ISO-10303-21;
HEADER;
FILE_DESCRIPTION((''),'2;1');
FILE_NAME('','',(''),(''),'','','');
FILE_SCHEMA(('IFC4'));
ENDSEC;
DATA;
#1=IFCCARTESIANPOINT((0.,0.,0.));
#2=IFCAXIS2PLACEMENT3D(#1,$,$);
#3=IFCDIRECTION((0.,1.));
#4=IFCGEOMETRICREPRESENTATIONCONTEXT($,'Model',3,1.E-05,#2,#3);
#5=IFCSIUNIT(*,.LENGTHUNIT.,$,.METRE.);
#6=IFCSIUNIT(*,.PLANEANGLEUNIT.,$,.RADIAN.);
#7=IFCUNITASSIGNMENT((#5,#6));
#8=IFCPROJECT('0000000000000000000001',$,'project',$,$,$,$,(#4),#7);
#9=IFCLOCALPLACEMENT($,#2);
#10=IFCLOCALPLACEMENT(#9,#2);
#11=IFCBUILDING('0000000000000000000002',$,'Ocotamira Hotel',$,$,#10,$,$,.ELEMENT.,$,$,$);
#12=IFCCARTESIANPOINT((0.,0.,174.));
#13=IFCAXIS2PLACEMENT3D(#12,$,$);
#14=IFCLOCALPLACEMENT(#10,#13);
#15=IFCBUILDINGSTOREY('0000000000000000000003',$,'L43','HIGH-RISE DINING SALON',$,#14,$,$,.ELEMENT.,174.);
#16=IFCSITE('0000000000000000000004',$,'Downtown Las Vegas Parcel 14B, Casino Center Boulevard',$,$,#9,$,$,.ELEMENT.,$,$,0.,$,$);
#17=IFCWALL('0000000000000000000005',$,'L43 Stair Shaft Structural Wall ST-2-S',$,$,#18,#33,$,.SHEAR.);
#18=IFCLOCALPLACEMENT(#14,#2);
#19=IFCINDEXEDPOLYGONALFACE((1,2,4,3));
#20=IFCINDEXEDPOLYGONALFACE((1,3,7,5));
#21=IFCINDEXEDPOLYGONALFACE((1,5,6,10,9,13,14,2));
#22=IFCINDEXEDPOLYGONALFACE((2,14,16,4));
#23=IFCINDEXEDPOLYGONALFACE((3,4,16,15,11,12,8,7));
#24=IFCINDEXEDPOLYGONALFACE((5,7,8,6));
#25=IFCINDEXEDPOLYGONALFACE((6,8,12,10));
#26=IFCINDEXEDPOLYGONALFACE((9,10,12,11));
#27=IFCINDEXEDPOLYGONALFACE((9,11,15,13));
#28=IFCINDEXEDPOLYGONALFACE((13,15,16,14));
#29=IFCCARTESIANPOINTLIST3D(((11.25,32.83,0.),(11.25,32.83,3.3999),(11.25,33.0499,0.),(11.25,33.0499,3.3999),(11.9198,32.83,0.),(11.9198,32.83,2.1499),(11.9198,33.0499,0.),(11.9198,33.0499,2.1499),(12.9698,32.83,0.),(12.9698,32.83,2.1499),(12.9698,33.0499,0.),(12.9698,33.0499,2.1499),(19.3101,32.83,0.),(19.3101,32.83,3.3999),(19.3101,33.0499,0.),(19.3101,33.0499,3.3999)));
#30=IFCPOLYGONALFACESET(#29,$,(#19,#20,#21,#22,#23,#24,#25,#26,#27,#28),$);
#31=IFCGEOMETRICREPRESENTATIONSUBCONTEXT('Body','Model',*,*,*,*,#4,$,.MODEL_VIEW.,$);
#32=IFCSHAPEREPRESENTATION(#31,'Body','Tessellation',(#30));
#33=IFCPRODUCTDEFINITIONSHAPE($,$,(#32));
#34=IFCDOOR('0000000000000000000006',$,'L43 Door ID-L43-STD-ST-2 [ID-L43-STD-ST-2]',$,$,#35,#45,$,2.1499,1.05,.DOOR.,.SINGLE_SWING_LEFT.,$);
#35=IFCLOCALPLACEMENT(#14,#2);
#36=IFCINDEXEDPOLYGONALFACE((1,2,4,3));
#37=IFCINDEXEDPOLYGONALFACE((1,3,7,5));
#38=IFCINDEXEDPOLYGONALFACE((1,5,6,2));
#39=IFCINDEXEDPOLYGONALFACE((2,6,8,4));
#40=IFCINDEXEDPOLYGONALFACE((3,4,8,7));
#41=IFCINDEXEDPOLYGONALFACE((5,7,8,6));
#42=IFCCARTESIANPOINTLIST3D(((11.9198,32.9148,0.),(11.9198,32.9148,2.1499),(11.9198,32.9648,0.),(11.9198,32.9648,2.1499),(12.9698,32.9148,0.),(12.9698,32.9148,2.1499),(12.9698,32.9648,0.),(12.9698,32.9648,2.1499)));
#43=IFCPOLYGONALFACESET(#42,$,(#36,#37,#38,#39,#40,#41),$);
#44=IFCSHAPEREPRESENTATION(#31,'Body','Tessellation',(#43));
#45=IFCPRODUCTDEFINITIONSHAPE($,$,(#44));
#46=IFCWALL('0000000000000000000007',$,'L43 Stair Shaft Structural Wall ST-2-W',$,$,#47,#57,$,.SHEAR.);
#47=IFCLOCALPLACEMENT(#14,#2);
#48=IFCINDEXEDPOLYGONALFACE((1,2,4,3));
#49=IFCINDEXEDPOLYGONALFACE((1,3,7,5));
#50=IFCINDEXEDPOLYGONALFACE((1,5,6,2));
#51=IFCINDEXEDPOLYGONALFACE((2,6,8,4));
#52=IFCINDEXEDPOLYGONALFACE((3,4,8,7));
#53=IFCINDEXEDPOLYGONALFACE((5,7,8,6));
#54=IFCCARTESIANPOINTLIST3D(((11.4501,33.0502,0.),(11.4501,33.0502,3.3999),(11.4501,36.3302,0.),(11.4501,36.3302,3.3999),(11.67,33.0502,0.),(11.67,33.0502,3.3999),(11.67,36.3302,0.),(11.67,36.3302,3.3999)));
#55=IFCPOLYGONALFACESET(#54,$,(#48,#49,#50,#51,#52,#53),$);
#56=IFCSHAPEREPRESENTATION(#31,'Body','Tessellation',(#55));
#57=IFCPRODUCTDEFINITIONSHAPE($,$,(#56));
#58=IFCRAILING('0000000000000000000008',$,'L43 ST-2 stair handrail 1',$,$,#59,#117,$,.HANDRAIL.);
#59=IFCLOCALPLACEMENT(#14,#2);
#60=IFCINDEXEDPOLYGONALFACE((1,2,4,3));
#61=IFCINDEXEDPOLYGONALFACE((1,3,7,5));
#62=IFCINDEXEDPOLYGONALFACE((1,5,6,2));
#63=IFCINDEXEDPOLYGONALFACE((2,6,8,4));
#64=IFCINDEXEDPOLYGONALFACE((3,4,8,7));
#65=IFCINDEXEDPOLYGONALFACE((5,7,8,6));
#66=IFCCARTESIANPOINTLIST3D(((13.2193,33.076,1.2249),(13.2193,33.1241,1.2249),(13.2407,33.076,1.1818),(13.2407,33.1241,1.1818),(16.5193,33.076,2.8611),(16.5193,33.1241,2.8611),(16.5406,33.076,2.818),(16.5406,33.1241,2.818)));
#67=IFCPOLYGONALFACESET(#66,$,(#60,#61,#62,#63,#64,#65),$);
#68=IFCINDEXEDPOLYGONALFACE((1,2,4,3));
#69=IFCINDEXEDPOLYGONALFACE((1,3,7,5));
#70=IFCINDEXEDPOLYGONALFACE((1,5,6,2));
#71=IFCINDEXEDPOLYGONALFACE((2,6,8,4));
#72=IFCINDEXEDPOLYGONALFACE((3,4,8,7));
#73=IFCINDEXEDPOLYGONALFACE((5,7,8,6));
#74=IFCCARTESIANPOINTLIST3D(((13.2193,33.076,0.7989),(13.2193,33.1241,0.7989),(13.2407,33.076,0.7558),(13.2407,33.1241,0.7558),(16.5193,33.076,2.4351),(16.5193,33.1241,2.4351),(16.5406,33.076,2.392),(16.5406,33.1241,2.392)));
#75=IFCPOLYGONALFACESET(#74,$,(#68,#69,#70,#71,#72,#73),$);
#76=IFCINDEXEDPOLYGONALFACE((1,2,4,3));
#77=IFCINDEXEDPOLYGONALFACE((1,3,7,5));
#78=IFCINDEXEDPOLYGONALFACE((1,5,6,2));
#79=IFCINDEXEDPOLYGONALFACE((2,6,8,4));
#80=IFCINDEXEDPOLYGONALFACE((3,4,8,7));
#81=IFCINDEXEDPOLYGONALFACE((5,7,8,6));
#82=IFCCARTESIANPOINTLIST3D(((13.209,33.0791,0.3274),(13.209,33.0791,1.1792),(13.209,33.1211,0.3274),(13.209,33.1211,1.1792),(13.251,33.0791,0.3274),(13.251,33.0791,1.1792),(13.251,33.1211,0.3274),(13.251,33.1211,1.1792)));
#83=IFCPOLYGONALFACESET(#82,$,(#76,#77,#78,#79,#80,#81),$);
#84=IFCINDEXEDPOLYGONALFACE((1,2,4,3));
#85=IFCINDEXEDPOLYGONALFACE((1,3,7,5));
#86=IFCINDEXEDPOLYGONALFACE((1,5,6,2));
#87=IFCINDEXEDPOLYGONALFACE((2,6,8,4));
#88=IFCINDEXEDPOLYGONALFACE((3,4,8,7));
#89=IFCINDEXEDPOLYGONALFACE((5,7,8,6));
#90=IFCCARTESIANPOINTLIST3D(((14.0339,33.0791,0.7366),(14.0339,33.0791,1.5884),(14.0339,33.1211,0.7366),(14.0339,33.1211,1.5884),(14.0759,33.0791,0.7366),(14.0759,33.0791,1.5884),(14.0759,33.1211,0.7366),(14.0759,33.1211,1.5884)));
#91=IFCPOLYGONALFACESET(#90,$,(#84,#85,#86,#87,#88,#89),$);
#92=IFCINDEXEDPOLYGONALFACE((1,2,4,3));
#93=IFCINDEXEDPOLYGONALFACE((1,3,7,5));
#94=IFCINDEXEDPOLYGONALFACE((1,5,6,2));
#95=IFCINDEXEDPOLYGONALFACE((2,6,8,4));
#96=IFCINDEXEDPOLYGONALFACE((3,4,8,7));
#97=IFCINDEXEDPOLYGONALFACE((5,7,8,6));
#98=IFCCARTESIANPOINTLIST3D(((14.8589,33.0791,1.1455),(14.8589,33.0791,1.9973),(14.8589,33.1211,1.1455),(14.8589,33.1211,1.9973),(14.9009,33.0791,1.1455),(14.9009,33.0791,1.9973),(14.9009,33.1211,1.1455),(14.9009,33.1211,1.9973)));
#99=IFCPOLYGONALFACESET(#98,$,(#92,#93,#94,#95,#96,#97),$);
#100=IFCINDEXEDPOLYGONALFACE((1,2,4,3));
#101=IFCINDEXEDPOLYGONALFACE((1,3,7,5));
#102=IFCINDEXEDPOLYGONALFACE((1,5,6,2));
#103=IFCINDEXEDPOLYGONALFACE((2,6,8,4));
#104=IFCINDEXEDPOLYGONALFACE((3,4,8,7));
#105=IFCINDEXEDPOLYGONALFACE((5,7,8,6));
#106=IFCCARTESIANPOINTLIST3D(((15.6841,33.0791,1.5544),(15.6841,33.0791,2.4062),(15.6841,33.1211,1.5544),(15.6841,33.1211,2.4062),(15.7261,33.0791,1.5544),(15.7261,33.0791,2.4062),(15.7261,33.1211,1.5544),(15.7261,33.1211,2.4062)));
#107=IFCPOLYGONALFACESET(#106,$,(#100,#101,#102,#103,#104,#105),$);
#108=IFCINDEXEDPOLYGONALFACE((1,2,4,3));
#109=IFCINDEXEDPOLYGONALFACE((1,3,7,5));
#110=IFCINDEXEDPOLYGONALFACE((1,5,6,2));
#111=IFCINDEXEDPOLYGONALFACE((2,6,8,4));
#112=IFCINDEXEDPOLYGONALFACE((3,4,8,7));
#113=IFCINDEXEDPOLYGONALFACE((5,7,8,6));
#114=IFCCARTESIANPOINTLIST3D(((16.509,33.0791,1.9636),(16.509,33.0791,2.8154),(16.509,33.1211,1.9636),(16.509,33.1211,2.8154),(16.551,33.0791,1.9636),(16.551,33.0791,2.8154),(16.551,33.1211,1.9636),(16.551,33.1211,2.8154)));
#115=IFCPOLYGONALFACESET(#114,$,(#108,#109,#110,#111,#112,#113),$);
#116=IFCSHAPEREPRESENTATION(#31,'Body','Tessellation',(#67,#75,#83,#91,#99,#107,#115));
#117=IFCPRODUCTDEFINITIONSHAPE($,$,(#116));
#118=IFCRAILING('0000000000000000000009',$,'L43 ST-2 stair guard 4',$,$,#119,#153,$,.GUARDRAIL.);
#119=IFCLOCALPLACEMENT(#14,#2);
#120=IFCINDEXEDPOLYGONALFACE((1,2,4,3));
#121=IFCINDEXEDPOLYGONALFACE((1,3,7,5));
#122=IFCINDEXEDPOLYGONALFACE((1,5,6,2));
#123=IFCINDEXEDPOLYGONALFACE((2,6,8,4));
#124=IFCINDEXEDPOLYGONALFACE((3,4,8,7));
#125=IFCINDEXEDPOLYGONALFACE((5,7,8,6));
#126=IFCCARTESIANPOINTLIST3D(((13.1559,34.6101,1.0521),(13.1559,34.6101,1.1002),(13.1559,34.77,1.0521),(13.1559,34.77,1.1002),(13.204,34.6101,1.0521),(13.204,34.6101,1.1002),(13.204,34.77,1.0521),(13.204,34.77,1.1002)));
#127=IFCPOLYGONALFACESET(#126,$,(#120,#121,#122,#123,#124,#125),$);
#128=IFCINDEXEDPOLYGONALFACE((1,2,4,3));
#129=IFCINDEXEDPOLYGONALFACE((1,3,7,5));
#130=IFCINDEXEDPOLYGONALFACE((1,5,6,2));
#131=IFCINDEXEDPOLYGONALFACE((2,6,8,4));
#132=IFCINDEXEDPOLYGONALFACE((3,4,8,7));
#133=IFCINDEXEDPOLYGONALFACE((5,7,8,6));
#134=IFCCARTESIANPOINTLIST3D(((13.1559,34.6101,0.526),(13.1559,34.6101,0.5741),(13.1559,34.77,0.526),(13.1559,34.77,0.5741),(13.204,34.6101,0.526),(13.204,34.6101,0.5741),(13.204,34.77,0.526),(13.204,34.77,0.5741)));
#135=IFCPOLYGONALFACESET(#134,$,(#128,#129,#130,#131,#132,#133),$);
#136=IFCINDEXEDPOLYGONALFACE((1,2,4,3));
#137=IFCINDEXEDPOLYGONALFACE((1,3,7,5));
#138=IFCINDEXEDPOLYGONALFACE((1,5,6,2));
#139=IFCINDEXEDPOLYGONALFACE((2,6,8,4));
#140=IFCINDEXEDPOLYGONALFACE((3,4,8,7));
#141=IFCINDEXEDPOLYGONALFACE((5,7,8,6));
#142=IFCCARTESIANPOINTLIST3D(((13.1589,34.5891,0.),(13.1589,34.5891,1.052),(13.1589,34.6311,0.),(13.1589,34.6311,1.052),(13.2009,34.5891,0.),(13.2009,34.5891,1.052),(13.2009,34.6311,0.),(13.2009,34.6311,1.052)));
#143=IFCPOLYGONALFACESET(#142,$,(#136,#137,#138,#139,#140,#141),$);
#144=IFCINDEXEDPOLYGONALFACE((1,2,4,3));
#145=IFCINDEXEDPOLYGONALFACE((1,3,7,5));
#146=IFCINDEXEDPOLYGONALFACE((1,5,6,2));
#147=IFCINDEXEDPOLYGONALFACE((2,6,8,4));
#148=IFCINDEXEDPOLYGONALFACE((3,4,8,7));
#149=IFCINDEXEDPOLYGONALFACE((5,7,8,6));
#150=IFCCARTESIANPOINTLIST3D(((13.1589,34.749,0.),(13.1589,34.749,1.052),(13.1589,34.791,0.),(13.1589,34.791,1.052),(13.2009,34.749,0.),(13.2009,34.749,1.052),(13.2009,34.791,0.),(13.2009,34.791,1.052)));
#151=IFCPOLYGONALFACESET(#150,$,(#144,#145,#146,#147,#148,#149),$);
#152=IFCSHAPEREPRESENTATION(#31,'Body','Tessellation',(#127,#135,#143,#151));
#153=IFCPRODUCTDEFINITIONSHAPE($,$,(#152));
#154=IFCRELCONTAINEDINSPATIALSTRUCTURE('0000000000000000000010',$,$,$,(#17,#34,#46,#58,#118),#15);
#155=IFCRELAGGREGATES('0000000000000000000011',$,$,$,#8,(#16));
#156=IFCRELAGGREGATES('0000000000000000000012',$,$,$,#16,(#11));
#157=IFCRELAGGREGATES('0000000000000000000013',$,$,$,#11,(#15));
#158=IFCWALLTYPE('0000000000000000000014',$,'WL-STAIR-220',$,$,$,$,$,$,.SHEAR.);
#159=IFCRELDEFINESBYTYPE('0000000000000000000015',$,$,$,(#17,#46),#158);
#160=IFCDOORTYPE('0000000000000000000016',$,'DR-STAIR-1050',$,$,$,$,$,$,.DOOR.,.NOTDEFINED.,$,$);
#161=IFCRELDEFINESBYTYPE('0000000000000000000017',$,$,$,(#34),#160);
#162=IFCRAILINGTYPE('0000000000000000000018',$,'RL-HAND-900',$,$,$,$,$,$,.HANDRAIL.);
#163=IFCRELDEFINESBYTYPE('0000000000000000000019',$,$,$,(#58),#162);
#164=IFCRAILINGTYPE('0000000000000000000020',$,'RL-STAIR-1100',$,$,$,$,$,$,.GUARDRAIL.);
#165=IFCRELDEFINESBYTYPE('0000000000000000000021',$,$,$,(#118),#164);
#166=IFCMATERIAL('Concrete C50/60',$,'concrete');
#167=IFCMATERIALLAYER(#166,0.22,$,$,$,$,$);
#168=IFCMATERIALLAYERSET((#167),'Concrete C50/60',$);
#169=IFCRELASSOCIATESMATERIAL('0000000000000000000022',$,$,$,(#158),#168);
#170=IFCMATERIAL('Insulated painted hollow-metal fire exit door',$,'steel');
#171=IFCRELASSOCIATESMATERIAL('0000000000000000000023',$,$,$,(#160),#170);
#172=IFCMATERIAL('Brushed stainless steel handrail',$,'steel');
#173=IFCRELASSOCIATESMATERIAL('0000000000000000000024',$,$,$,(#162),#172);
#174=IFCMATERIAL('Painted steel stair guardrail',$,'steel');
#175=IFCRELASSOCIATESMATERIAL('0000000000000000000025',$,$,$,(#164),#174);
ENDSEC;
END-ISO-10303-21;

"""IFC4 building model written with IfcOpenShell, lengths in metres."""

from ifc_helpers import new_model, si_unit, direction, frame, frame_2d, origin, origin_2d, place, context, subcontext, project, spatial, rectangle, extrude, source, transform, mapped, material, layer, layer_set, type_object, element, fill, save


model = new_model("IFC4")

# Units and contexts
model_context = context("Model", 3, precision=1e-05, world=origin(), true_north=direction((0.0, 1.0)))
body_context = subcontext(model_context, "Body", "Model", "MODEL_VIEW")
ifc_project = project(units=[si_unit("LENGTHUNIT", "METRE"), si_unit("PLANEANGLEUNIT", "RADIAN")], contexts=[model_context])

# Site, building, storey
site_placement = place(None, origin())
site = spatial("IfcSite", under=ifc_project, at=site_placement, Name="Downtown Las Vegas Parcel 14B, Casino Center Boulevard", CompositionType="ELEMENT", RefElevation=0.0)
building_placement = place(site_placement, origin())
building = spatial("IfcBuilding", under=site, at=building_placement, Name="Ocotamira Hotel", CompositionType="ELEMENT")
storey_placement = place(building_placement, frame((0.0, 0.0, 174.0)))
storey = spatial("IfcBuildingStorey", under=building, at=storey_placement, Name="L43", Description="HIGH-RISE DINING SALON", CompositionType="ELEMENT", Elevation=174.0)

# Wall, opening, door
ifc_material_1 = material(Name="Concrete C50/60", Category="concrete")
ifc_layer_1 = layer(ifc_material_1, 0.22)
ifc_layer_set_1 = layer_set([ifc_layer_1], Name="Concrete C50/60")
wall_type_1 = type_object("IfcWallType", Name="WL-STAIR-220", PredefinedType="SHEAR", material=ifc_layer_set_1)
wall_1_placement = place(storey_placement, frame((11.25, 32.9399, 0.0), z_axis=(0.0, 0.0, 1.0), x_axis=(1.0, 0.0, 0.0)))
wall_1 = element("IfcWall", 1, at=wall_1_placement, inside=storey, type_object=wall_type_1, Name="L43 Stair Shaft Structural Wall ST-2-S", PredefinedType="SHEAR", context=body_context, shape_type="SweptSolid", body=[
    extrude(rectangle(XDim=8.0601, YDim=0.22, at=frame_2d((4.03, 0.0))), origin(), (0.0, 0.0, 1.0), 3.3999),
])
opening_placement = place(wall_1_placement, frame((0.6699, 0.0, 0.0)))
opening = element("IfcOpeningElement", 2, at=opening_placement, cuts=wall_1, PredefinedType="OPENING", context=body_context, shape_type="SweptSolid", body=[
    extrude(rectangle(XDim=1.05, YDim=2.1499, at=frame_2d((0.5249, 1.075))), frame((0.0, 0.1201, 0.0), z_axis=(0.0, -1.0, 0.0), x_axis=(1.0, 0.0, 0.0)), (0.0, 0.0, 1.0), 0.24),
])
ifc_material_2 = material(Name="Insulated painted hollow-metal fire exit door", Category="steel")
door_type = type_object("IfcDoorType", Name="DR-STAIR-1050", OperationType="NOTDEFINED", PredefinedType="DOOR", material=ifc_material_2)
shared_shape_1 = source(origin(), body_context, "Body", "SweptSolid", [
    extrude(rectangle(XDim=1.05, YDim=2.1499, at=frame_2d((0.5249, 1.075))), frame((0.0, 0.0249, 0.0), z_axis=(0.0, -1.0, 0.0), x_axis=(1.0, 0.0, 0.0)), (0.0, 0.0, 1.0), 0.05),
])
door_placement = place(opening_placement, origin())
door = element("IfcDoor", 3, at=door_placement, inside=storey, type_object=door_type, Name="L43 Door ID-L43-STD-ST-2 [ID-L43-STD-ST-2]", OperationType="SINGLE_SWING_LEFT", OverallHeight=2.1499, OverallWidth=1.05, PredefinedType="DOOR", context=body_context, shape_type="MappedRepresentation", body=[
    mapped(shared_shape_1, transform((0.0, 0.0, 0.0), scale=1.0)),
])
fill(opening, door)

# Wall
wall_2_placement = place(storey_placement, frame((11.5601, 33.05, 0.0), z_axis=(0.0, 0.0, 1.0), x_axis=(0.0, 1.0, 0.0)))
element("IfcWall", 4, at=wall_2_placement, inside=storey, type_object=wall_type_1, Name="L43 Stair Shaft Structural Wall ST-2-W", PredefinedType="SHEAR", context=body_context, shape_type="SweptSolid", body=[
    extrude(rectangle(XDim=3.28, YDim=0.22, at=frame_2d((1.6401, 0.0))), origin(), (0.0, 0.0, 1.0), 3.3999),
])

# Railings
ifc_material_3 = material(Name="Brushed stainless steel handrail", Category="steel")
railing_type_1 = type_object("IfcRailingType", Name="RL-HAND-900", PredefinedType="HANDRAIL", material=ifc_material_3)
railing_1_placement = place(storey_placement, frame((13.23, 33.1001, 0.3274)))
element("IfcRailing", 5, at=railing_1_placement, inside=storey, type_object=railing_type_1, Name="L43 ST-2 stair handrail 1", PredefinedType="HANDRAIL", context=body_context, shape_type="SweptSolid", body=[
    extrude(rectangle(XDim=0.0481, YDim=0.0481, at=origin_2d()), frame((0.0, 0.0, 0.876), z_axis=(0.89592, 0.0, 0.444215), x_axis=(0.0, 1.0, 0.0)), (0.0, 0.0, 1.0), 3.6833),
    extrude(rectangle(XDim=0.0481, YDim=0.0481, at=origin_2d()), frame((0.0, 0.0, 0.45), z_axis=(0.89592, 0.0, 0.444215), x_axis=(0.0, 1.0, 0.0)), (0.0, 0.0, 1.0), 3.6833),
    extrude(rectangle(XDim=0.042, YDim=0.042, at=origin_2d()), origin(), (0.0, 0.0, 1.0), 0.8518),
    extrude(rectangle(XDim=0.042, YDim=0.042, at=origin_2d()), frame((0.825, 0.0, 0.4092)), (0.0, 0.0, 1.0), 0.8518),
    extrude(rectangle(XDim=0.042, YDim=0.042, at=origin_2d()), frame((1.6499, 0.0, 0.8181)), (0.0, 0.0, 1.0), 0.8518),
    extrude(rectangle(XDim=0.042, YDim=0.042, at=origin_2d()), frame((2.4751, 0.0, 1.2271)), (0.0, 0.0, 1.0), 0.8518),
    extrude(rectangle(XDim=0.042, YDim=0.042, at=origin_2d()), frame((3.3, 0.0, 1.6362)), (0.0, 0.0, 1.0), 0.8518),
])
ifc_material_4 = material(Name="Painted steel stair guardrail", Category="steel")
railing_type_2 = type_object("IfcRailingType", Name="RL-STAIR-1100", PredefinedType="GUARDRAIL", material=ifc_material_4)
railing_2_placement = place(storey_placement, frame((13.1799, 34.6101, 0.0)))
element("IfcRailing", 6, at=railing_2_placement, inside=storey, type_object=railing_type_2, Name="L43 ST-2 stair guard 4", PredefinedType="GUARDRAIL", context=body_context, shape_type="SweptSolid", body=[
    extrude(rectangle(XDim=0.0481, YDim=0.0481, at=origin_2d()), frame((0.0, 0.0, 1.0762), z_axis=(0.0, 1.0, 0.0), x_axis=(-1.0, 0.0, 0.0)), (0.0, 0.0, 1.0), 0.1599),
    extrude(rectangle(XDim=0.0481, YDim=0.0481, at=origin_2d()), frame((0.0, 0.0, 0.55), z_axis=(0.0, 1.0, 0.0), x_axis=(-1.0, 0.0, 0.0)), (0.0, 0.0, 1.0), 0.1599),
    extrude(rectangle(XDim=0.042, YDim=0.042, at=origin_2d()), origin(), (0.0, 0.0, 1.0), 1.052),
    extrude(rectangle(XDim=0.042, YDim=0.042, at=origin_2d()), frame((0.0, 0.1599, 0.0)), (0.0, 0.0, 1.0), 1.052),
])

save(model, "model.ifc")
